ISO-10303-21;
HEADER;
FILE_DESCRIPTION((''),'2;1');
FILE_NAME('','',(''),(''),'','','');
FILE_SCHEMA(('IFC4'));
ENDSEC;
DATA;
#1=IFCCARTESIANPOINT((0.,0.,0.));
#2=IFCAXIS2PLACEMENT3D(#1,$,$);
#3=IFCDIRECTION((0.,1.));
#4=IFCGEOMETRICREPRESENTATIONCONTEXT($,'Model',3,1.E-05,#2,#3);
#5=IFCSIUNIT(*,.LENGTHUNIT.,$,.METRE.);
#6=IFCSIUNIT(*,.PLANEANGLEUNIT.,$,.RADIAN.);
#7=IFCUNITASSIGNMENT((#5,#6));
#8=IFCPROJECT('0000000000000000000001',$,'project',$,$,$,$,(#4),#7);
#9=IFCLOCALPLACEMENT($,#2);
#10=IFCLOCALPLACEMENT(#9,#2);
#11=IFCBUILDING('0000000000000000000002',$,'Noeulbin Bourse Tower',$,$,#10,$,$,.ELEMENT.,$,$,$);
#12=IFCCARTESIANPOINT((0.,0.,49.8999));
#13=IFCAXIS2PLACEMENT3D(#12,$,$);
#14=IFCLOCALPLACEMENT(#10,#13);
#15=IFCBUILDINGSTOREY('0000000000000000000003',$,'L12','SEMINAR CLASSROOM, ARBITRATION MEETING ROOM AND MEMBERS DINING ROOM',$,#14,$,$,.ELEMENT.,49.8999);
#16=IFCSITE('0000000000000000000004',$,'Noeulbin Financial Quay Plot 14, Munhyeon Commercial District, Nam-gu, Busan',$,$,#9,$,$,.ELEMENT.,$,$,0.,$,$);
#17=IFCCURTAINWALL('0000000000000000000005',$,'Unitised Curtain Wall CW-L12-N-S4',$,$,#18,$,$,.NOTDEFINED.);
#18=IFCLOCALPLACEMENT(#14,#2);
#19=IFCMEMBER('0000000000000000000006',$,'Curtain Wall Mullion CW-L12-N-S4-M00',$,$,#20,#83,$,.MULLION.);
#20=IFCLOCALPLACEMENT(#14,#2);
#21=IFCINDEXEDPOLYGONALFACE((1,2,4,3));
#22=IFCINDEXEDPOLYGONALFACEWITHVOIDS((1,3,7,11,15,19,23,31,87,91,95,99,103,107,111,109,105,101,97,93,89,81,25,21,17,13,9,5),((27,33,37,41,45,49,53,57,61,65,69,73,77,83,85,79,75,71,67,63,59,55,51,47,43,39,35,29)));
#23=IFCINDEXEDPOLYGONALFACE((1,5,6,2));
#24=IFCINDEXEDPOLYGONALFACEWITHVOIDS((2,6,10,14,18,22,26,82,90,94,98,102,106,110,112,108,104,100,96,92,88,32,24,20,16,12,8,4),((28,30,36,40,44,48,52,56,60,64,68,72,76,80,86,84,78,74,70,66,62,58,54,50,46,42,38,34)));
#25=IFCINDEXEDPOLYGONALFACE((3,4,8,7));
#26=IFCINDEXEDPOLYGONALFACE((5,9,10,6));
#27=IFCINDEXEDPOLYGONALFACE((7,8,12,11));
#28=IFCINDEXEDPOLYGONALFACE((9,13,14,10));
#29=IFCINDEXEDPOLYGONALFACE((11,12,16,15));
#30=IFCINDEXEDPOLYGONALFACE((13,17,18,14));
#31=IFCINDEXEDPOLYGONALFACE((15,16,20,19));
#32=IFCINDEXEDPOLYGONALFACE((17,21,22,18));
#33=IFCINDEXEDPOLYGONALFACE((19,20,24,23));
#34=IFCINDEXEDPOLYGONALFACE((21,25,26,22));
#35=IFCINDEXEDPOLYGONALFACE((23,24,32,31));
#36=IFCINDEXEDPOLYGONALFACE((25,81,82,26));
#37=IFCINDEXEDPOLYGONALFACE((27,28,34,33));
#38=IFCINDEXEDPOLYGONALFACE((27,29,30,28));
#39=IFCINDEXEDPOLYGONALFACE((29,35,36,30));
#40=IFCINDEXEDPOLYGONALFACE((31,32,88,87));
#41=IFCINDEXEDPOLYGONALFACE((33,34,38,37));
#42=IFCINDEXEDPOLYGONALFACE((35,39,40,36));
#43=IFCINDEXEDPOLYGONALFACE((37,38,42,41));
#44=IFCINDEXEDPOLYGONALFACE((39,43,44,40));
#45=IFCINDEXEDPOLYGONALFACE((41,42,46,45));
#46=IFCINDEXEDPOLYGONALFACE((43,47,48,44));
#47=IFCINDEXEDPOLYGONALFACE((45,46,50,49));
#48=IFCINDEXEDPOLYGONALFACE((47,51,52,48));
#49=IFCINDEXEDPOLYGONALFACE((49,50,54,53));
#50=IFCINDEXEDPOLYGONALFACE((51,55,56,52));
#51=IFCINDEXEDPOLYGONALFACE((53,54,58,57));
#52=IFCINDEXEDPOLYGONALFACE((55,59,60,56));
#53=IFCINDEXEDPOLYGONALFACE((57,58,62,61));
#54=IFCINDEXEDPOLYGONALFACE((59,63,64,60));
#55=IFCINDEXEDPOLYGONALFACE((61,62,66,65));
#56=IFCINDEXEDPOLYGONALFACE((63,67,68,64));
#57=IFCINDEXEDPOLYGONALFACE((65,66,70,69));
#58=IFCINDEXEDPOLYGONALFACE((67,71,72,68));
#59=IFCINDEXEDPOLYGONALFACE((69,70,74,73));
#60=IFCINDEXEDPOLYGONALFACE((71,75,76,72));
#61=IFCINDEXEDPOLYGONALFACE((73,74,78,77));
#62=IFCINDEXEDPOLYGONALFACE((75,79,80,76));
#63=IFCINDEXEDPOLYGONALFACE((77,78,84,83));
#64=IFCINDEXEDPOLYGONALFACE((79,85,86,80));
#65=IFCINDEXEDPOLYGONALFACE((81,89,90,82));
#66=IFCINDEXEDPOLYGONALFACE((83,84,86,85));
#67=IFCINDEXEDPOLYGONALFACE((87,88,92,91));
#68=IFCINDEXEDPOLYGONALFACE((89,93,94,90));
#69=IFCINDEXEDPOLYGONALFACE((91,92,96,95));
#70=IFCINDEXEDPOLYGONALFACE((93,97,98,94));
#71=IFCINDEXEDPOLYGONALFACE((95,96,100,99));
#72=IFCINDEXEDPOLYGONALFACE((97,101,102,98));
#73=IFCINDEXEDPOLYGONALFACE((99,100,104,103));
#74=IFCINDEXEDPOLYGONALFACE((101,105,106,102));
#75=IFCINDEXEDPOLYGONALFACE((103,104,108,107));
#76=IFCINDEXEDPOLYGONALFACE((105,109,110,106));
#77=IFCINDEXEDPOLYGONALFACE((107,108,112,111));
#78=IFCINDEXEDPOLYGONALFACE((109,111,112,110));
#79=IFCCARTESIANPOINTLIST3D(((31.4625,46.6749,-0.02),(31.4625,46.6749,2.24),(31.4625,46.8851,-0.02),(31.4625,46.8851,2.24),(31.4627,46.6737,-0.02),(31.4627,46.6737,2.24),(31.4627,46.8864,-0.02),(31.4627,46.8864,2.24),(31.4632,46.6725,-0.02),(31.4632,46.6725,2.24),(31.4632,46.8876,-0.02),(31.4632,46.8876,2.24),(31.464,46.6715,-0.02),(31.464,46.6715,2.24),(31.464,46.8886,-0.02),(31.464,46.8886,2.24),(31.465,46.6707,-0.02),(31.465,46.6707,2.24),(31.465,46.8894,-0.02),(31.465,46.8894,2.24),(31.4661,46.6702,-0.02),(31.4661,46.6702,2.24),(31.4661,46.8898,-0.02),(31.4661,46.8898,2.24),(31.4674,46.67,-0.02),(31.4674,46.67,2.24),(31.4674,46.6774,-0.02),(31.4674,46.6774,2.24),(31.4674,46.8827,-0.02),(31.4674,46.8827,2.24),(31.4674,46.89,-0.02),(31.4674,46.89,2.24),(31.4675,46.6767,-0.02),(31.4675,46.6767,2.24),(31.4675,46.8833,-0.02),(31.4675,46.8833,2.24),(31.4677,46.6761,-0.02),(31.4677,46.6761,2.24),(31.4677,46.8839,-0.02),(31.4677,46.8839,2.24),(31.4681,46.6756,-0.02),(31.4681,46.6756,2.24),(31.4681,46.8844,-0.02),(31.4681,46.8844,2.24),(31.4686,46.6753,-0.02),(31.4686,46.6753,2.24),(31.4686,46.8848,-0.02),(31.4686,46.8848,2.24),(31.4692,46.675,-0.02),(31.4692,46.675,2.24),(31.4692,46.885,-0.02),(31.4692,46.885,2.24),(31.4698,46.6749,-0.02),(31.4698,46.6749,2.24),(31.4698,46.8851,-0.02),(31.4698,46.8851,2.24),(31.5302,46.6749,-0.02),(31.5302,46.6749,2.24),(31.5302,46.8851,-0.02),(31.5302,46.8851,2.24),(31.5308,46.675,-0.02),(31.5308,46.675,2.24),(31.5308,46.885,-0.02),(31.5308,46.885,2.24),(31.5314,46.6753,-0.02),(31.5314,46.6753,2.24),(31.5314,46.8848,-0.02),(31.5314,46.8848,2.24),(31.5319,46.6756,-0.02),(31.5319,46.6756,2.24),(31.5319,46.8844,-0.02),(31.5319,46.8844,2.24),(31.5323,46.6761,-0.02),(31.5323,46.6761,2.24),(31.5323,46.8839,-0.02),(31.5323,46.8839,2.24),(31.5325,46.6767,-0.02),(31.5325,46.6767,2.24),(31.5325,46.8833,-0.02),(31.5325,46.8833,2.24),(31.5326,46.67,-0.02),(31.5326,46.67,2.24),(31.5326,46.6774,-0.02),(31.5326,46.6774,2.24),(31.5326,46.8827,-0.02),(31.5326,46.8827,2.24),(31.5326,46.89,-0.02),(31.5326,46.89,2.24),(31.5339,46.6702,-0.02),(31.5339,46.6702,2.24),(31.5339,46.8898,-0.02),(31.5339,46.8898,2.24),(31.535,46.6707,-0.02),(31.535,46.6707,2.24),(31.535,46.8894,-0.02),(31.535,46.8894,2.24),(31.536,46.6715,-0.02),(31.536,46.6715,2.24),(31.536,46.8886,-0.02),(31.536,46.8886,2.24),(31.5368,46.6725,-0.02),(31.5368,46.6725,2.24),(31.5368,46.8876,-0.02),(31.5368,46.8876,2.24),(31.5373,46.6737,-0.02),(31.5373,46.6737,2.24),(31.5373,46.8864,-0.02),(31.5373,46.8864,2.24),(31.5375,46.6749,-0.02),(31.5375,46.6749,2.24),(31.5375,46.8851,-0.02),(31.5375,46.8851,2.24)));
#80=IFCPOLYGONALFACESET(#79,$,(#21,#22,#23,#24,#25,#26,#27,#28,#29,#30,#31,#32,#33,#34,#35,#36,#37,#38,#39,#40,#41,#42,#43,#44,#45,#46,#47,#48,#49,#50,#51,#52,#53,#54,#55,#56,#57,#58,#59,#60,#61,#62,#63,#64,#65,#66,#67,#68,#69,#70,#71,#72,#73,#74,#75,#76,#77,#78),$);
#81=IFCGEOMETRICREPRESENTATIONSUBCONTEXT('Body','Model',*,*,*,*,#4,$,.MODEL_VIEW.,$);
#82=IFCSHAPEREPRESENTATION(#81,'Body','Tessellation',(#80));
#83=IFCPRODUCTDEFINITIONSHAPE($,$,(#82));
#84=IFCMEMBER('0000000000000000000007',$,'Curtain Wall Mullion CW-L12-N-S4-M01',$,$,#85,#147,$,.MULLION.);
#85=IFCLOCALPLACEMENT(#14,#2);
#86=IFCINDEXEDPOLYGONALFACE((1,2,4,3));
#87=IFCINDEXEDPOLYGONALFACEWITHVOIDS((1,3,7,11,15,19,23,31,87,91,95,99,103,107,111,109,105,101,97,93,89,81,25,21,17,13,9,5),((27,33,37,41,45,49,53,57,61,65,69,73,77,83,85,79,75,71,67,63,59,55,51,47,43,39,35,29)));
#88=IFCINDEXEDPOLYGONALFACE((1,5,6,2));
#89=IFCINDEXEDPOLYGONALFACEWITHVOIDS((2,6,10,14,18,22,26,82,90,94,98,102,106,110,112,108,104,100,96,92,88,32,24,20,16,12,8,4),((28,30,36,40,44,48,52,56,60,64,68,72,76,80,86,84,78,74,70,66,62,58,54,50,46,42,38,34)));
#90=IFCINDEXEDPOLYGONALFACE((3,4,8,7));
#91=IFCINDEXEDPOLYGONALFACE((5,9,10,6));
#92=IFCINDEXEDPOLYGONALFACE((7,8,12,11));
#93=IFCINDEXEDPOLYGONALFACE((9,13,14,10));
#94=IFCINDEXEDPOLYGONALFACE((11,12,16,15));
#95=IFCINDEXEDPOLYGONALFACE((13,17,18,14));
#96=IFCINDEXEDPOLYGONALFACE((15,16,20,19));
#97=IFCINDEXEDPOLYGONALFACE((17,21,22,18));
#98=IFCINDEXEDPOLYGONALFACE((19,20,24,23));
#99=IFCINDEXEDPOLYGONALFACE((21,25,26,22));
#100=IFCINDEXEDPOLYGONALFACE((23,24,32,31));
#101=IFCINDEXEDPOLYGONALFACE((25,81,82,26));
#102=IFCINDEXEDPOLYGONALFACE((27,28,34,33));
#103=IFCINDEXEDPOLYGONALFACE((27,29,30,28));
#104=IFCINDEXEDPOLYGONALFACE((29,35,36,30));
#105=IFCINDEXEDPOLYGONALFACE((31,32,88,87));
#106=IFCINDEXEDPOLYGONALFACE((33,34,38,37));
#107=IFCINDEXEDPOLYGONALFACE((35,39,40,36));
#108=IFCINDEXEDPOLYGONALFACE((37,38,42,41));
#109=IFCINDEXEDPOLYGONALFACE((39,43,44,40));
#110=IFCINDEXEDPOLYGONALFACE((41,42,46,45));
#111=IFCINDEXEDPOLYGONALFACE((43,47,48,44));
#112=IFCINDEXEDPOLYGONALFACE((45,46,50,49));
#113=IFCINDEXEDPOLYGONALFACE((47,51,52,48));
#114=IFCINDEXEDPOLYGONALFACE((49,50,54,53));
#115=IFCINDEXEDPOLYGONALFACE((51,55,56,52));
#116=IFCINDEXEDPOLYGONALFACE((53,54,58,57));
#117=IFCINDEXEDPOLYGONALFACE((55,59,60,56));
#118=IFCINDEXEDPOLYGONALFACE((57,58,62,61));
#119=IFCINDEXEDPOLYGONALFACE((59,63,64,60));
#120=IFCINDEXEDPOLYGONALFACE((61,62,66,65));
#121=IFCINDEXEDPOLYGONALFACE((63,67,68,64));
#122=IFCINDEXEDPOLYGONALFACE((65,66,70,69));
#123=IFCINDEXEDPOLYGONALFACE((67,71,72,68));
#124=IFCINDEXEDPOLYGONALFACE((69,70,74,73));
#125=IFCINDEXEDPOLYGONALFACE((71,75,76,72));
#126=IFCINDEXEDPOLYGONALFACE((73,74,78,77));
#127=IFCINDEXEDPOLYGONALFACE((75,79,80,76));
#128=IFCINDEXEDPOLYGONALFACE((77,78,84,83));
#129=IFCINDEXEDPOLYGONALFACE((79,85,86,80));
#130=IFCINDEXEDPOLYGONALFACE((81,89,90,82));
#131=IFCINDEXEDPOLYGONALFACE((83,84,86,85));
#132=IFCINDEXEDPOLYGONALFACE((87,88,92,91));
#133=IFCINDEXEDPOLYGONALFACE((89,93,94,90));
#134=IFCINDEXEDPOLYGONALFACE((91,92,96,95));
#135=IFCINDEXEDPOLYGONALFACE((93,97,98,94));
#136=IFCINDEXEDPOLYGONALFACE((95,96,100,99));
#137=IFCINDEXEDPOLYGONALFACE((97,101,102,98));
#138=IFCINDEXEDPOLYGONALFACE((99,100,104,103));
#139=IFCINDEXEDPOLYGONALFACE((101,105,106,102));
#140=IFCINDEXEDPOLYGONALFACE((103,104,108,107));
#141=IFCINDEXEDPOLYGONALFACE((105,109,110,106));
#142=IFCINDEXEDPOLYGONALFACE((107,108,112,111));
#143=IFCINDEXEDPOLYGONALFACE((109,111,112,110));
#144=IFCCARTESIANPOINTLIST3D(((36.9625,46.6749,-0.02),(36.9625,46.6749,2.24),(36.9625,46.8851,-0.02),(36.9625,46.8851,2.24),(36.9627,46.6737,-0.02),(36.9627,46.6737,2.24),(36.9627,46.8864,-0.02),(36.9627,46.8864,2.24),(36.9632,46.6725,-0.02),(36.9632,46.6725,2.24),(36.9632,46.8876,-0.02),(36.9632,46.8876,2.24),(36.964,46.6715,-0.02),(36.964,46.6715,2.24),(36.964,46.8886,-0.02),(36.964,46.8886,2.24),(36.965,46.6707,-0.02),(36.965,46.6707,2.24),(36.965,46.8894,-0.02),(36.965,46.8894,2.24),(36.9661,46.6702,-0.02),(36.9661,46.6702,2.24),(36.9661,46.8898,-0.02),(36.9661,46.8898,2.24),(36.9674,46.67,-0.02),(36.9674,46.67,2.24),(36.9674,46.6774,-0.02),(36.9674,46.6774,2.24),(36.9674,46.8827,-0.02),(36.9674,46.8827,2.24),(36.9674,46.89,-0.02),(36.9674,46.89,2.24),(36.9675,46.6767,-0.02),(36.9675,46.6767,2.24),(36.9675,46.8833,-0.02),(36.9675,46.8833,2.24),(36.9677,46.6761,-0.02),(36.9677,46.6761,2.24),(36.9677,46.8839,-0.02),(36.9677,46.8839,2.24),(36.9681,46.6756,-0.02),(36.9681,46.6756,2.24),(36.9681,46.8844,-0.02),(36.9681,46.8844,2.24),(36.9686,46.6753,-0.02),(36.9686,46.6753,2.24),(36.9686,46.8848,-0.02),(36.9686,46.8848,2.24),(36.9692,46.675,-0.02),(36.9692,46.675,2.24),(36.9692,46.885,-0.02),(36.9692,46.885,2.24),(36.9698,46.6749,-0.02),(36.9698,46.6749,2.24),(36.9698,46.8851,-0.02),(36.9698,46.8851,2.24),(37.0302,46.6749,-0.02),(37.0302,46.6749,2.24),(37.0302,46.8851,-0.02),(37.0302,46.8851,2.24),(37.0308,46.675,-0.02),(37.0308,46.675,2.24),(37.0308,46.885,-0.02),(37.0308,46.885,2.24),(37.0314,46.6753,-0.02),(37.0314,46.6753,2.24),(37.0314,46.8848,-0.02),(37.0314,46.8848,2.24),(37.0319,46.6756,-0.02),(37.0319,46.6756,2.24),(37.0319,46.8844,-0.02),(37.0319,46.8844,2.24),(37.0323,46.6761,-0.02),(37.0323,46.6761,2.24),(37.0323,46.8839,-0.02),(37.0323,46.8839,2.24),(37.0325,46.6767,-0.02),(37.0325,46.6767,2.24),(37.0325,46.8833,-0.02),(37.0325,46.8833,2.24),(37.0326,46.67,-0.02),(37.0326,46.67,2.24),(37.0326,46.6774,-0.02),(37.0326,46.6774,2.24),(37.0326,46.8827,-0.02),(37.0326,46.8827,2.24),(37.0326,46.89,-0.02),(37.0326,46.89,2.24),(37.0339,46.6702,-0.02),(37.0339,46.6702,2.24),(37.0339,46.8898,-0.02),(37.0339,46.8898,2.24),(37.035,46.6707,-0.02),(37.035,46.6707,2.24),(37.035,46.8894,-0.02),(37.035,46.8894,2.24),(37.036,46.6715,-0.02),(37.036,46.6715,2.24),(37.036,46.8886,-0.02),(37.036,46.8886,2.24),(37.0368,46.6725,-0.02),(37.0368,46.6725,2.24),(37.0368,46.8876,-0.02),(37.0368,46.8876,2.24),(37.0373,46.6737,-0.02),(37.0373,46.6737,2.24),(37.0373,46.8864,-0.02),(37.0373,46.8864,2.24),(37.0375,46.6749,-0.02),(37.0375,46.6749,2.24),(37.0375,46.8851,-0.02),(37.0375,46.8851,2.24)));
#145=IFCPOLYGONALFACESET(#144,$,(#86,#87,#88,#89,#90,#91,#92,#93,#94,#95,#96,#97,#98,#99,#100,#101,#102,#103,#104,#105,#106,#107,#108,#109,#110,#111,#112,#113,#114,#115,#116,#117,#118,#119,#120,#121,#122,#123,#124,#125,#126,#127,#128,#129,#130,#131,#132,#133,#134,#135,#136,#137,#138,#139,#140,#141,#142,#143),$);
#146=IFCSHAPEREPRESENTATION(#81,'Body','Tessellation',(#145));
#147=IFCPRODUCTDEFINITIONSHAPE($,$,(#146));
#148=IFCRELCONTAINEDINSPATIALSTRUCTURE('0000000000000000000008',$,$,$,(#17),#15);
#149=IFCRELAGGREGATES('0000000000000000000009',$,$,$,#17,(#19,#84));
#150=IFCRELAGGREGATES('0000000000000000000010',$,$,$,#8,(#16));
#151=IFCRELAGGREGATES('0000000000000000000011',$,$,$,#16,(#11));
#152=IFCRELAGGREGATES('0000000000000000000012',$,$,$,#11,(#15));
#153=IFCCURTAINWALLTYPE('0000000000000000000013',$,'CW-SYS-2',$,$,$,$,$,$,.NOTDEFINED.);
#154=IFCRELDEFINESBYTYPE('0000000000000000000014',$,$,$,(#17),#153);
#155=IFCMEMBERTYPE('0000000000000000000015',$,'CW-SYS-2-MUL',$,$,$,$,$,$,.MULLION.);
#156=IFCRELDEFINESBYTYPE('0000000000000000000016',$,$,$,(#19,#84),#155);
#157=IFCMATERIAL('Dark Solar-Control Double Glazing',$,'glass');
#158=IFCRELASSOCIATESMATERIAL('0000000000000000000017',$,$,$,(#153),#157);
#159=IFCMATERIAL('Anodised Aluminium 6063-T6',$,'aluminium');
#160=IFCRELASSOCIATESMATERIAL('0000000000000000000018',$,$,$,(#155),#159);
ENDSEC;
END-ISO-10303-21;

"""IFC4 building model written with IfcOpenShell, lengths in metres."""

from ifc_helpers import new_model, si_unit, direction, frame, origin, origin_2d, place, context, subcontext, project, spatial, hollow_rectangle, extrude, material, material_profile, profile_set, type_object, element, aggregate, save


model = new_model("IFC4")

# Units and contexts
model_context = context("Model", 3, precision=1e-05, world=origin(), true_north=direction((0.0, 1.0)))
body_context = subcontext(model_context, "Body", "Model", "MODEL_VIEW")
ifc_project = project(units=[si_unit("LENGTHUNIT", "METRE"), si_unit("PLANEANGLEUNIT", "RADIAN")], contexts=[model_context])

# Site, building, storey
site_placement = place(None, origin())
site = spatial("IfcSite", under=ifc_project, at=site_placement, Name="Noeulbin Financial Quay Plot 14, Munhyeon Commercial District, Nam-gu, Busan", CompositionType="ELEMENT", RefElevation=0.0)
building_placement = place(site_placement, origin())
building = spatial("IfcBuilding", under=site, at=building_placement, Name="Noeulbin Bourse Tower", CompositionType="ELEMENT")
storey_placement = place(building_placement, frame((0.0, 0.0, 49.8999)))
storey = spatial("IfcBuildingStorey", under=building, at=storey_placement, Name="L12", Description="SEMINAR CLASSROOM, ARBITRATION MEETING ROOM AND MEMBERS DINING ROOM", CompositionType="ELEMENT", Elevation=49.8999)

# Shared definitions
ifc_material_1 = material(Name="Dark Solar-Control Double Glazing", Category="glass")
curtain_wall_type = type_object("IfcCurtainWallType", Name="CW-SYS-2", PredefinedType="NOTDEFINED", material=ifc_material_1)
ifc_material_2 = material(Name="Anodised Aluminium 6063-T6", Category="aluminium")
ifc_material_profile_1 = material_profile(ifc_material_2, hollow_rectangle(XDim=0.075, YDim=0.22, WallThickness=0.0049, InnerFilletRadius=0.0024, OuterFilletRadius=0.0049, at=origin_2d()), Name="ALU-MULL-75x220x5", Category="LoadBearing")
ifc_profile_set_1 = profile_set([ifc_material_profile_1], Name="Anodised Aluminium 6063-T6")
member_type_1 = type_object("IfcMemberType", Name="CW-SYS-2-MUL", PredefinedType="MULLION", material=ifc_profile_set_1)

# Curtain wall, members
curtain_wall_1_placement = place(storey_placement, origin())
curtain_wall_1 = element("IfcCurtainWall", 1, at=curtain_wall_1_placement, inside=storey, type_object=curtain_wall_type, Name="Unitised Curtain Wall CW-L12-N-S4", PredefinedType="NOTDEFINED")
member_1_placement = place(storey_placement, frame((31.5, 46.78, -0.02), z_axis=(0.0, 0.0, 1.0), x_axis=(1.0, 0.0, 0.0)))
member_1 = element("IfcMember", 2, at=member_1_placement, type_object=member_type_1, Name="Curtain Wall Mullion CW-L12-N-S4-M00", PredefinedType="MULLION", context=body_context, shape_type="SweptSolid", body=[
    extrude(hollow_rectangle(XDim=0.075, YDim=0.22, WallThickness=0.0049, InnerFilletRadius=0.0024, OuterFilletRadius=0.0049, at=origin_2d()), origin(), (0.0, 0.0, 1.0), 2.26),
])
member_2_placement = place(storey_placement, frame((37.0, 46.78, -0.02), z_axis=(0.0, 0.0, 1.0), x_axis=(1.0, 0.0, 0.0)))
member_2 = element("IfcMember", 3, at=member_2_placement, type_object=member_type_1, Name="Curtain Wall Mullion CW-L12-N-S4-M01", PredefinedType="MULLION", context=body_context, shape_type="SweptSolid", body=[
    extrude(hollow_rectangle(XDim=0.075, YDim=0.22, WallThickness=0.0049, InnerFilletRadius=0.0024, OuterFilletRadius=0.0049, at=origin_2d()), origin(), (0.0, 0.0, 1.0), 2.26),
])

aggregate(curtain_wall_1, [member_1, member_2])

save(model, "model.ifc")
